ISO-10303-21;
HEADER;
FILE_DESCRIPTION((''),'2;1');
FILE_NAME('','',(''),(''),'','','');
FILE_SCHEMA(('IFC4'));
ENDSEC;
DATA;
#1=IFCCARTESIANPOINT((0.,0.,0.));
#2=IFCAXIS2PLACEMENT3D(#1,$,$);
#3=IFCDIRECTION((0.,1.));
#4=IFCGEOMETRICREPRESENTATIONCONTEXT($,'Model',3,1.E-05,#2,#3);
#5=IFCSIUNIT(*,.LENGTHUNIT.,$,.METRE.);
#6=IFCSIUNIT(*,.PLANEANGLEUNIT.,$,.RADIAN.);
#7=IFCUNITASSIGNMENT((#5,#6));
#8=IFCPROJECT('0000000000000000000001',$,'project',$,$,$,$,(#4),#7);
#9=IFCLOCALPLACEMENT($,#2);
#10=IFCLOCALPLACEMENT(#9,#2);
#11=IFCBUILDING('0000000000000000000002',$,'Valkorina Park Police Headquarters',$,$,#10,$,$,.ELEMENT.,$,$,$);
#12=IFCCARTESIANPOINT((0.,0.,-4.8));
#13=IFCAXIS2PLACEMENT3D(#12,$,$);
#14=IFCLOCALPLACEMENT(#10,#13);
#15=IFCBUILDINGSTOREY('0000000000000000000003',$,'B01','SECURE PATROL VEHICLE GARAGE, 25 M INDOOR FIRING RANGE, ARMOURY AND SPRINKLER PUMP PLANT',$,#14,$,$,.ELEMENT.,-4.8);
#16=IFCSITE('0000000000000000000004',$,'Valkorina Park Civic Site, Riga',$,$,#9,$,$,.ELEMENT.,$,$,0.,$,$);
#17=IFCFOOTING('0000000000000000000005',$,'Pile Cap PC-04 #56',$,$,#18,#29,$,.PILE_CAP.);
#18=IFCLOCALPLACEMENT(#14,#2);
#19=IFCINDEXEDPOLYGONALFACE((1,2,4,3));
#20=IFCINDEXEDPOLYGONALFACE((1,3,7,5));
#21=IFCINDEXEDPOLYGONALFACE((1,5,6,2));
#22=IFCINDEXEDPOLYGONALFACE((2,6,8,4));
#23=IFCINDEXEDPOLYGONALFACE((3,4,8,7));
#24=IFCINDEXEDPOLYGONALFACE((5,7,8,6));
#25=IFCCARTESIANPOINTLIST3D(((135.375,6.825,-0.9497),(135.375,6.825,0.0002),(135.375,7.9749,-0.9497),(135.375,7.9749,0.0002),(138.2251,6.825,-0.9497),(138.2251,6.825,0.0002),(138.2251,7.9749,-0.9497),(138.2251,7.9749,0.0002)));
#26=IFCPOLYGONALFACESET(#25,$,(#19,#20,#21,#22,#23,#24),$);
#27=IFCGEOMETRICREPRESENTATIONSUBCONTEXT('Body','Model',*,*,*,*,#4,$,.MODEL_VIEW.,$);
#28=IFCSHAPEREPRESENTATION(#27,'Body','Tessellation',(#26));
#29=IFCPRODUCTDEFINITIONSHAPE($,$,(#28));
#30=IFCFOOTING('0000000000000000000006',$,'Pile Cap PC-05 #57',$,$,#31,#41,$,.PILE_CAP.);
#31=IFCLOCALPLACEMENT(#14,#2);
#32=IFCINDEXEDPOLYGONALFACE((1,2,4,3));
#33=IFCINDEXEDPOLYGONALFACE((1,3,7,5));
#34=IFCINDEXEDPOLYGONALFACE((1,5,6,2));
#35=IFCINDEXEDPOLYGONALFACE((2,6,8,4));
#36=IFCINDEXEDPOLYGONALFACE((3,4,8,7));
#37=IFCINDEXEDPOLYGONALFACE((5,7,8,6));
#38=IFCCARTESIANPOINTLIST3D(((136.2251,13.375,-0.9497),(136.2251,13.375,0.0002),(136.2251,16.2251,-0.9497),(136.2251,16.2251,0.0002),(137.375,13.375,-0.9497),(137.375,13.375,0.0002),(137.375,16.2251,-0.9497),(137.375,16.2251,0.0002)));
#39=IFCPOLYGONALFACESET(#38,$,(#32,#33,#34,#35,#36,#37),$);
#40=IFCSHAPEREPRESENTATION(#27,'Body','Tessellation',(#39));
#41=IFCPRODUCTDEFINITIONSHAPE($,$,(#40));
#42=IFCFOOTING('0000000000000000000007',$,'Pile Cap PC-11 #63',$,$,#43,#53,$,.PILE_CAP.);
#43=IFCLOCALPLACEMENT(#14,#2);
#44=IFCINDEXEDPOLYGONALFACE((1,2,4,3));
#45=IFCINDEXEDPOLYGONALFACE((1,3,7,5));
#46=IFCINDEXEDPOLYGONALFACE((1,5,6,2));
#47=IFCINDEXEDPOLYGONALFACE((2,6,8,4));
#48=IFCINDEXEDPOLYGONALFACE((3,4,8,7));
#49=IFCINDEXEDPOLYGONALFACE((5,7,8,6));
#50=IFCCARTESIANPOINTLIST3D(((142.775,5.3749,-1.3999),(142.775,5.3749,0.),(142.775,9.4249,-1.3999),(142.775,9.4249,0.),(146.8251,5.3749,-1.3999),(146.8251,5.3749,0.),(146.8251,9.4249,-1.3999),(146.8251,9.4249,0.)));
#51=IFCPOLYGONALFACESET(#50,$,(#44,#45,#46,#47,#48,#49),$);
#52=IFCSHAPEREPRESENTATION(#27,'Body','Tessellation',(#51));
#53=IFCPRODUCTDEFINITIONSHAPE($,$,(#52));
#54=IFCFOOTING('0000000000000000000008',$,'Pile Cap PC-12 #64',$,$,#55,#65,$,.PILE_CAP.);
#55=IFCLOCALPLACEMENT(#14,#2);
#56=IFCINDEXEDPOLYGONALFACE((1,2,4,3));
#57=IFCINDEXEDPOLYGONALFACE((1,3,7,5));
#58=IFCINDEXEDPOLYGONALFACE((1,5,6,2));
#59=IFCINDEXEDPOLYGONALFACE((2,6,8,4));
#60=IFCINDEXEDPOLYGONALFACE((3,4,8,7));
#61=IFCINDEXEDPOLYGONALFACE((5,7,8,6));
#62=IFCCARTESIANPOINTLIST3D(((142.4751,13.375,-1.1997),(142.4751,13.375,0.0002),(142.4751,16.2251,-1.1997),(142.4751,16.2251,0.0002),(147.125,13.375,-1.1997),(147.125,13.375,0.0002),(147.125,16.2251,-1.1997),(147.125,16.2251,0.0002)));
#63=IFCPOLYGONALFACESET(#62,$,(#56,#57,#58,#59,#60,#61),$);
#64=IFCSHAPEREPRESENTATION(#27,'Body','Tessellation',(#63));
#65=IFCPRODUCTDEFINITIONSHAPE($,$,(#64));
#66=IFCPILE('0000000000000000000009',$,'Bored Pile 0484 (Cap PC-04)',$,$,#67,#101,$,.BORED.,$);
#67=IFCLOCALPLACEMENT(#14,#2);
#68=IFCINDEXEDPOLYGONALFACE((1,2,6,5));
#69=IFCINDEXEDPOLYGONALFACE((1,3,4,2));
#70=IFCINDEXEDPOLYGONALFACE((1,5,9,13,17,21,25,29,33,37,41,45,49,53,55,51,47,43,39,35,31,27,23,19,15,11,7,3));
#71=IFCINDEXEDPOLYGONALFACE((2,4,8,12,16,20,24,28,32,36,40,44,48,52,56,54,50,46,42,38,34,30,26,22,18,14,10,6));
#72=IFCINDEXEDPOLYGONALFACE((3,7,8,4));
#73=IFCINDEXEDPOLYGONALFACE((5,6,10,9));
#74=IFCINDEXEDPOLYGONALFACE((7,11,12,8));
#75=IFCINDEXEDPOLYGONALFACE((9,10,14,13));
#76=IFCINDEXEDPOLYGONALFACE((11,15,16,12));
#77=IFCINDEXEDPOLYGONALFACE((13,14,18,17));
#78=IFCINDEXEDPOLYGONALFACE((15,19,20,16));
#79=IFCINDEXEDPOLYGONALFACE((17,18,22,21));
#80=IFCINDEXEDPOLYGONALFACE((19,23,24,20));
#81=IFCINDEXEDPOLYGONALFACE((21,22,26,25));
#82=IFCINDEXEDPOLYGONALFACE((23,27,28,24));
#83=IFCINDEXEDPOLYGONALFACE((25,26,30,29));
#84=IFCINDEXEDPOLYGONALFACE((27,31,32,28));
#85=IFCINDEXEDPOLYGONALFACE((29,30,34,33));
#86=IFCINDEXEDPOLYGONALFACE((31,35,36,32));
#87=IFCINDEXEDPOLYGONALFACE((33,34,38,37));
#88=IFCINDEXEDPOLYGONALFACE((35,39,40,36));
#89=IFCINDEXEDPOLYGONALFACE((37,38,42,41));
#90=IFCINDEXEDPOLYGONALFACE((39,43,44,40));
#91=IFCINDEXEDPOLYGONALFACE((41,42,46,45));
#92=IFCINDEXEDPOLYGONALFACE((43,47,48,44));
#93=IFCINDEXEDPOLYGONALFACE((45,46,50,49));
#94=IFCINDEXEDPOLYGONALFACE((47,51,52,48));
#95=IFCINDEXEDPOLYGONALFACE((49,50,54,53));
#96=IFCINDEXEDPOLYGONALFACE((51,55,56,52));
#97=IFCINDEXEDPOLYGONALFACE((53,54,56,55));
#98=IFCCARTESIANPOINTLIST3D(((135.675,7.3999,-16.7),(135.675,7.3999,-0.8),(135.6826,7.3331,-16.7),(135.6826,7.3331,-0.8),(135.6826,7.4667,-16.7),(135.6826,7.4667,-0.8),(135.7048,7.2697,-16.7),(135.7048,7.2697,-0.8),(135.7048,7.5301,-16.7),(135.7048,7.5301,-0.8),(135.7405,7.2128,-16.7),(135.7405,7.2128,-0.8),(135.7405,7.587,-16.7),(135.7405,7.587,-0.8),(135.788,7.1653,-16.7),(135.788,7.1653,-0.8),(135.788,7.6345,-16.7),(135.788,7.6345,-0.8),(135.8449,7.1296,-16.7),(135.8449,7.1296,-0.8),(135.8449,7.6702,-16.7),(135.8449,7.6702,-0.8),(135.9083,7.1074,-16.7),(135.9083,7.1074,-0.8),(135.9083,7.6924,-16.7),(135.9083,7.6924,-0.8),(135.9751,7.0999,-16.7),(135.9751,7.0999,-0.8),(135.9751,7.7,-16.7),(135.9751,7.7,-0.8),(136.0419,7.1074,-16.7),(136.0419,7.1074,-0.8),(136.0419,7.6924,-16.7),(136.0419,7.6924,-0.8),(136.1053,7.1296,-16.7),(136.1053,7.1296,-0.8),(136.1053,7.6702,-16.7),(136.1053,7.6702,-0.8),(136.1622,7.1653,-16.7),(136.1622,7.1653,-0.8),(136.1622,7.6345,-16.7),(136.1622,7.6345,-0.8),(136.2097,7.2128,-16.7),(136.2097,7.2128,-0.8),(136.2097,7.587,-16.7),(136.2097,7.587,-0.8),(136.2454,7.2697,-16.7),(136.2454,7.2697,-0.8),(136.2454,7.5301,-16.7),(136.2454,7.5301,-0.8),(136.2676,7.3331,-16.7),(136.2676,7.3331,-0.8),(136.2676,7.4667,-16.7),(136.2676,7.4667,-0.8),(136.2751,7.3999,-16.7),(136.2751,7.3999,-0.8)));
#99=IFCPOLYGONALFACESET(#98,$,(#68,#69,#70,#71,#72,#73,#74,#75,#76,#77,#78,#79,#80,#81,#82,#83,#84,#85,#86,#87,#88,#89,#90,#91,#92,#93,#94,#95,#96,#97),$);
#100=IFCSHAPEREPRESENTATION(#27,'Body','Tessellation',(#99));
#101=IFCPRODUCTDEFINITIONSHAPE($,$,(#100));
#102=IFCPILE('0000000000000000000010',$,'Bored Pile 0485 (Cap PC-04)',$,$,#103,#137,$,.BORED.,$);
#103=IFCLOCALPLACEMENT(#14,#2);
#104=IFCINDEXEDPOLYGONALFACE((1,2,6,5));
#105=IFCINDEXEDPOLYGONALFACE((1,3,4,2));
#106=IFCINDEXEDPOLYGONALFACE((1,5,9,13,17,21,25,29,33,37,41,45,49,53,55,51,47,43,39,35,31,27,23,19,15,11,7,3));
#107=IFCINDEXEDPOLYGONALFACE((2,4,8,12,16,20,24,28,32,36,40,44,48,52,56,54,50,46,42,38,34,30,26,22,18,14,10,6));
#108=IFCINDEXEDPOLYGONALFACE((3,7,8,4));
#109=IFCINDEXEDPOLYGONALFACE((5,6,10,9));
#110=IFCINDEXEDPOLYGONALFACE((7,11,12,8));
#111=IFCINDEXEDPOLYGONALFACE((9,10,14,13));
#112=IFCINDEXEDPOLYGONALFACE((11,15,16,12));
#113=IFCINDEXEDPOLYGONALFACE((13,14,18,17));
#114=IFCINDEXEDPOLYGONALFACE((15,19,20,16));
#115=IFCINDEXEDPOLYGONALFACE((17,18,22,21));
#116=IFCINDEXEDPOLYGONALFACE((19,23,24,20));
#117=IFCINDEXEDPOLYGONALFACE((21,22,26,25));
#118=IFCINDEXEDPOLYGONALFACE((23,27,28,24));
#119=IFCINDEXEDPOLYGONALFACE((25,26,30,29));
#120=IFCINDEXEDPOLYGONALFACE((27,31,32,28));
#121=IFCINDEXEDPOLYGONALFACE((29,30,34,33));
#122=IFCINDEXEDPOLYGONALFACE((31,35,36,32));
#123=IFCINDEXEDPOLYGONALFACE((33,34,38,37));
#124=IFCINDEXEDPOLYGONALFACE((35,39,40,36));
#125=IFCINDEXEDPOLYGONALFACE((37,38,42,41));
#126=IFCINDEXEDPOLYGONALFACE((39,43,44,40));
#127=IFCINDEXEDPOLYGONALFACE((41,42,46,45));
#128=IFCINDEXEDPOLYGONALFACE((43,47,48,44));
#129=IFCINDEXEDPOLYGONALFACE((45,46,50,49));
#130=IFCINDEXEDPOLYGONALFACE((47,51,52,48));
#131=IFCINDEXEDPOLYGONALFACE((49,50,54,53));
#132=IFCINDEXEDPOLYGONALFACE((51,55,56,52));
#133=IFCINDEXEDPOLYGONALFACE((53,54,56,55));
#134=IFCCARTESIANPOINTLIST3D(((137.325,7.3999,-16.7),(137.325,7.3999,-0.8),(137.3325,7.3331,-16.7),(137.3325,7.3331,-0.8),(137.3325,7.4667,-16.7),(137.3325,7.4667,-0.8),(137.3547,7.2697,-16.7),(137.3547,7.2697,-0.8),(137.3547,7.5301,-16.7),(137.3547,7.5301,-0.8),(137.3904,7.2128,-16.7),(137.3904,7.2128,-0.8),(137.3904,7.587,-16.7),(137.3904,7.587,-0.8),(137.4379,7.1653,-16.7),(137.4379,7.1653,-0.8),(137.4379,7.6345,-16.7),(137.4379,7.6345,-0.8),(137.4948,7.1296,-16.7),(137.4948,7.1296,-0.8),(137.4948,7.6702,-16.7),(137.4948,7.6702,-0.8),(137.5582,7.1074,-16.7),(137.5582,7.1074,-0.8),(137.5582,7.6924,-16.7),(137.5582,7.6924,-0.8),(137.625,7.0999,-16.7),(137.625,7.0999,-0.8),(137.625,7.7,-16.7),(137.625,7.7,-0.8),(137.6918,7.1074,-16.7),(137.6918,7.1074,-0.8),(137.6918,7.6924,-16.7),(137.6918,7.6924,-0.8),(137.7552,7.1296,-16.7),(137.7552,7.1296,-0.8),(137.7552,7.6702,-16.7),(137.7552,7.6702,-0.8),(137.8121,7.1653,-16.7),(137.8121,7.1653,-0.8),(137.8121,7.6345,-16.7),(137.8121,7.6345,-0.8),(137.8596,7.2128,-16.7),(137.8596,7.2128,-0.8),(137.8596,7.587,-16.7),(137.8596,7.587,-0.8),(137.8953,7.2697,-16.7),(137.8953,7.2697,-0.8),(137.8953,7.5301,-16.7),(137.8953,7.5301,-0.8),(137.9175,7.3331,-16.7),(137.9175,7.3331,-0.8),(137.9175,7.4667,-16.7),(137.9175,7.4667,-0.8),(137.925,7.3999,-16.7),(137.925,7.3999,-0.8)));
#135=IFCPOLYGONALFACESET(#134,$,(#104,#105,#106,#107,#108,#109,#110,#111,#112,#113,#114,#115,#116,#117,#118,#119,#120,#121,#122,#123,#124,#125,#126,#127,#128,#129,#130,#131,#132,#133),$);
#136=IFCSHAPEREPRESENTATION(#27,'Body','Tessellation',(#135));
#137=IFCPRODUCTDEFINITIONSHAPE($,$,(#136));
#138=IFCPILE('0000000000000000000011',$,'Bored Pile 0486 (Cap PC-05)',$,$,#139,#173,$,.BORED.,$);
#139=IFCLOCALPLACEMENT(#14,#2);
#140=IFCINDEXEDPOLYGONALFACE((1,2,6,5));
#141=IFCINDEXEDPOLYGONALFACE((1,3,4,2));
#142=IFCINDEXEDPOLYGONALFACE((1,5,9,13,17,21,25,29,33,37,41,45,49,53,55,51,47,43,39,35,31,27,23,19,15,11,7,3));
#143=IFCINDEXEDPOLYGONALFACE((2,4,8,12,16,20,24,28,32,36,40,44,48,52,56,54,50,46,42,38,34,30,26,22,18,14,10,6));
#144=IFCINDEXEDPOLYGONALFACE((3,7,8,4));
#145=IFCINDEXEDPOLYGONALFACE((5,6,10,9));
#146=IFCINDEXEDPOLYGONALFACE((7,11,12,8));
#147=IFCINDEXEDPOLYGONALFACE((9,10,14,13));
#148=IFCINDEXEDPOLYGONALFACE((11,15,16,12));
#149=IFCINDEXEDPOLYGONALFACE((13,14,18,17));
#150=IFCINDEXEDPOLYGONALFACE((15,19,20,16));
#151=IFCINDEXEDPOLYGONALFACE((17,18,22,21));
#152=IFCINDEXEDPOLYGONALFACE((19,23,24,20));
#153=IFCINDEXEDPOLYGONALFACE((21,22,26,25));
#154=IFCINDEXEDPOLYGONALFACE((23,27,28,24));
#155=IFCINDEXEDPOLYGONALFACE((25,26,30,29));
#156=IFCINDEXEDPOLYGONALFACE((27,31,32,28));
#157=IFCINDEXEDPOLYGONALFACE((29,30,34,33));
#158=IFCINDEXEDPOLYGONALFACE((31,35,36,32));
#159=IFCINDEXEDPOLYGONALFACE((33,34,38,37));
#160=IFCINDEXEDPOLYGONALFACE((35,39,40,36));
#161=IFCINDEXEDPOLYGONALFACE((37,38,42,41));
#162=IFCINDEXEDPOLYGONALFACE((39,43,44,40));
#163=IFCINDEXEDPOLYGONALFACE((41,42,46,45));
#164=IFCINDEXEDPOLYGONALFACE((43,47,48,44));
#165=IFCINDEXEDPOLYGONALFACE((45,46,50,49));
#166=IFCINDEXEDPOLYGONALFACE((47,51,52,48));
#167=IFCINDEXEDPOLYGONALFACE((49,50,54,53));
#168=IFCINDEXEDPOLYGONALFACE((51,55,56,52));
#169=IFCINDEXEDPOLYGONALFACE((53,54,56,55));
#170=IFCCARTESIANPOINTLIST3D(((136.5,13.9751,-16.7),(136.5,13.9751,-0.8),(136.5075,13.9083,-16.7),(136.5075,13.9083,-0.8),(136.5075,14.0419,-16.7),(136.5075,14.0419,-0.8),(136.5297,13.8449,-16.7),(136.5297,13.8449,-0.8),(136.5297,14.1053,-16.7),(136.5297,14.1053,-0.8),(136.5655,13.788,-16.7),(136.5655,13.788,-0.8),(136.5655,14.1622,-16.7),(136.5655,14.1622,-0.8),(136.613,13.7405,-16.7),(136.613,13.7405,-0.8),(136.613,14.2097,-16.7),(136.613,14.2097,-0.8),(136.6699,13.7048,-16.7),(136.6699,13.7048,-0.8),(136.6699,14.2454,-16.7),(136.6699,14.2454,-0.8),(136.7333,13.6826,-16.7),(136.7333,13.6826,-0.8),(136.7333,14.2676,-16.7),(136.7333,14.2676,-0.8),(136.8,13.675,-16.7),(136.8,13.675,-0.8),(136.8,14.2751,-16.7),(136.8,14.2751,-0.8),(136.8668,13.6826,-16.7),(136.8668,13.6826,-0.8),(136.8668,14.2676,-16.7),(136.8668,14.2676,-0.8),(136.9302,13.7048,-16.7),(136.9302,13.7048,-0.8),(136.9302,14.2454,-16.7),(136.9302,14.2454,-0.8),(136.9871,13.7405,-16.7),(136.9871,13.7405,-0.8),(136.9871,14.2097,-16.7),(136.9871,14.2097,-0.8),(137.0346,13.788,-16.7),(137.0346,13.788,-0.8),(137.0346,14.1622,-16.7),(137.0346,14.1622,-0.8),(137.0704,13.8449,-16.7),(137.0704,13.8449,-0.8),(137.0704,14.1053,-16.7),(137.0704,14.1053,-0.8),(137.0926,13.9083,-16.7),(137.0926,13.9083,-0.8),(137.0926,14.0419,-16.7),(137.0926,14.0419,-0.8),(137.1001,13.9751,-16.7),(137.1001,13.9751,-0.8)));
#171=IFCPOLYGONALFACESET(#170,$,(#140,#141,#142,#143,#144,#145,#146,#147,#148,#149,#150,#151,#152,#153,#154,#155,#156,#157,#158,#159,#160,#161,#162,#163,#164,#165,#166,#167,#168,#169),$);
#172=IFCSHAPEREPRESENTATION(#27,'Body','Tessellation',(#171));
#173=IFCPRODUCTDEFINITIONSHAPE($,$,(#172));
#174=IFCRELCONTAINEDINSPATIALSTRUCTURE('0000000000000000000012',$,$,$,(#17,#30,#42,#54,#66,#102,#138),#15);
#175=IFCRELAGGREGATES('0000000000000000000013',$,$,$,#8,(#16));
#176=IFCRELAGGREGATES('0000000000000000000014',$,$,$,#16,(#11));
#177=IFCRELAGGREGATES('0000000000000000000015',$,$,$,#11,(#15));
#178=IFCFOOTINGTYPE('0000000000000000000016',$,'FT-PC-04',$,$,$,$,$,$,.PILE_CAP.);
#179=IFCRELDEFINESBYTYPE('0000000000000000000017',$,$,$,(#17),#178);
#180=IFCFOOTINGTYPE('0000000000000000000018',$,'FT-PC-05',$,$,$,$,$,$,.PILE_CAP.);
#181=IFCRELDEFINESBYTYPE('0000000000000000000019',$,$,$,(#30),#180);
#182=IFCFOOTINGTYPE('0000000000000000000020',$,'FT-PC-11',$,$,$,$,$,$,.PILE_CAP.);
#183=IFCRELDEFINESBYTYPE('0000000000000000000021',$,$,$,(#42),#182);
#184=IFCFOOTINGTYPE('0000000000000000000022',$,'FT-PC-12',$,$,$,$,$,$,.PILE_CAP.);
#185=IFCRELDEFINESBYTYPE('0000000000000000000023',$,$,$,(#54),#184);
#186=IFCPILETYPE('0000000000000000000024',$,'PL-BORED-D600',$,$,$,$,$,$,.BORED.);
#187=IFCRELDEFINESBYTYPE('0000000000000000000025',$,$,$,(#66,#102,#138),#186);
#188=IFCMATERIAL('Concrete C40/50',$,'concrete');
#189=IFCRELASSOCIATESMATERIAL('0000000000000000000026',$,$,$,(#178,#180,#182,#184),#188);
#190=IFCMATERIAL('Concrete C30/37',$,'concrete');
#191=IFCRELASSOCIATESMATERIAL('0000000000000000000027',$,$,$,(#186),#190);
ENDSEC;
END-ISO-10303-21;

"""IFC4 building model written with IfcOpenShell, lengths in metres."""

from ifc_helpers import new_model, si_unit, direction, frame, origin, origin_2d, place, context, subcontext, project, spatial, rectangle, circle, extrude, material, material_profile, profile_set, type_object, element, save


model = new_model("IFC4")

# Units and contexts
model_context = context("Model", 3, precision=1e-05, world=origin(), true_north=direction((0.0, 1.0)))
body_context = subcontext(model_context, "Body", "Model", "MODEL_VIEW")
ifc_project = project(units=[si_unit("LENGTHUNIT", "METRE"), si_unit("PLANEANGLEUNIT", "RADIAN")], contexts=[model_context])

# Site, building, storey
site_placement = place(None, origin())
site = spatial("IfcSite", under=ifc_project, at=site_placement, Name="Valkorina Park Civic Site, Riga", CompositionType="ELEMENT", RefElevation=0.0)
building_placement = place(site_placement, origin())
building = spatial("IfcBuilding", under=site, at=building_placement, Name="Valkorina Park Police Headquarters", CompositionType="ELEMENT")
storey_placement = place(building_placement, frame((0.0, 0.0, -4.8)))
storey = spatial("IfcBuildingStorey", under=building, at=storey_placement, Name="B01", Description="SECURE PATROL VEHICLE GARAGE, 25 M INDOOR FIRING RANGE, ARMOURY AND SPRINKLER PUMP PLANT", CompositionType="ELEMENT", Elevation=-4.8)

# Footings
ifc_material_1 = material(Name="Concrete C40/50", Category="concrete")
footing_type_1 = type_object("IfcFootingType", Name="FT-PC-04", PredefinedType="PILE_CAP", material=ifc_material_1)
footing_1_placement = place(storey_placement, frame((136.8, 7.3999, -0.9497), z_axis=(0.0, 0.0, 1.0), x_axis=(1.0, 0.0, 0.0)))
element("IfcFooting", 1, at=footing_1_placement, inside=storey, type_object=footing_type_1, Name="Pile Cap PC-04 #56", PredefinedType="PILE_CAP", context=body_context, shape_type="SweptSolid", body=[
    extrude(rectangle(XDim=2.8501, YDim=1.1499, at=origin_2d()), origin(), (0.0, 0.0, 1.0), 0.95),
])
footing_type_2 = type_object("IfcFootingType", Name="FT-PC-05", PredefinedType="PILE_CAP", material=ifc_material_1)
footing_2_placement = place(storey_placement, frame((136.8, 14.8, -0.9497), z_axis=(0.0, 0.0, 1.0), x_axis=(1.0, 0.0, 0.0)))
element("IfcFooting", 2, at=footing_2_placement, inside=storey, type_object=footing_type_2, Name="Pile Cap PC-05 #57", PredefinedType="PILE_CAP", context=body_context, shape_type="SweptSolid", body=[
    extrude(rectangle(XDim=1.1499, YDim=2.8501, at=origin_2d()), origin(), (0.0, 0.0, 1.0), 0.95),
])
footing_type_3 = type_object("IfcFootingType", Name="FT-PC-11", PredefinedType="PILE_CAP", material=ifc_material_1)
footing_3_placement = place(storey_placement, frame((144.8, 7.3999, -1.3999), z_axis=(0.0, 0.0, 1.0), x_axis=(1.0, 0.0, 0.0)))
element("IfcFooting", 3, at=footing_3_placement, inside=storey, type_object=footing_type_3, Name="Pile Cap PC-11 #63", PredefinedType="PILE_CAP", context=body_context, shape_type="SweptSolid", body=[
    extrude(rectangle(XDim=4.05, YDim=4.05, at=origin_2d()), origin(), (0.0, 0.0, 1.0), 1.3999),
])
footing_type_4 = type_object("IfcFootingType", Name="FT-PC-12", PredefinedType="PILE_CAP", material=ifc_material_1)
footing_4_placement = place(storey_placement, frame((144.8, 14.8, -1.1997), z_axis=(0.0, 0.0, 1.0), x_axis=(1.0, 0.0, 0.0)))
element("IfcFooting", 4, at=footing_4_placement, inside=storey, type_object=footing_type_4, Name="Pile Cap PC-12 #64", PredefinedType="PILE_CAP", context=body_context, shape_type="SweptSolid", body=[
    extrude(rectangle(XDim=4.6499, YDim=2.8501, at=origin_2d()), origin(), (0.0, 0.0, 1.0), 1.2),
])

# Piles
ifc_material_2 = material(Name="Concrete C30/37", Category="concrete")
ifc_material_profile_1 = material_profile(ifc_material_2, circle(Radius=0.3, at=origin_2d()), Name="BORED PILE D600")
ifc_profile_set_1 = profile_set([ifc_material_profile_1], Name="Concrete C30/37")
pile_type_1 = type_object("IfcPileType", Name="PL-BORED-D600", PredefinedType="BORED", material=ifc_profile_set_1)
for number, where, z_axis, x_axis, name in (
    (5, (135.9751, 7.3999, -0.8), (0.0, 0.0, -1.0), (1.0, 0.0, 0.0), "Bored Pile 0484 (Cap PC-04)"),
    (6, (137.625, 7.3999, -0.8), (0.0, 0.0, -1.0), (1.0, 0.0, 0.0), "Bored Pile 0485 (Cap PC-04)"),
    (7, (136.8, 13.9751, -0.8), (0.0, 0.0, -1.0), (1.0, 0.0, 0.0), "Bored Pile 0486 (Cap PC-05)"),
):
    element("IfcPile", number, at=place(storey_placement, frame(where, z_axis=z_axis, x_axis=x_axis)), inside=storey, type_object=pile_type_1, Name=name, PredefinedType="BORED", context=body_context, shape_type="SweptSolid", body=[
        extrude(circle(Radius=0.3, at=origin_2d()), origin(), (0.0, 0.0, 1.0), 15.8999),
    ])

save(model, "model.ifc")
